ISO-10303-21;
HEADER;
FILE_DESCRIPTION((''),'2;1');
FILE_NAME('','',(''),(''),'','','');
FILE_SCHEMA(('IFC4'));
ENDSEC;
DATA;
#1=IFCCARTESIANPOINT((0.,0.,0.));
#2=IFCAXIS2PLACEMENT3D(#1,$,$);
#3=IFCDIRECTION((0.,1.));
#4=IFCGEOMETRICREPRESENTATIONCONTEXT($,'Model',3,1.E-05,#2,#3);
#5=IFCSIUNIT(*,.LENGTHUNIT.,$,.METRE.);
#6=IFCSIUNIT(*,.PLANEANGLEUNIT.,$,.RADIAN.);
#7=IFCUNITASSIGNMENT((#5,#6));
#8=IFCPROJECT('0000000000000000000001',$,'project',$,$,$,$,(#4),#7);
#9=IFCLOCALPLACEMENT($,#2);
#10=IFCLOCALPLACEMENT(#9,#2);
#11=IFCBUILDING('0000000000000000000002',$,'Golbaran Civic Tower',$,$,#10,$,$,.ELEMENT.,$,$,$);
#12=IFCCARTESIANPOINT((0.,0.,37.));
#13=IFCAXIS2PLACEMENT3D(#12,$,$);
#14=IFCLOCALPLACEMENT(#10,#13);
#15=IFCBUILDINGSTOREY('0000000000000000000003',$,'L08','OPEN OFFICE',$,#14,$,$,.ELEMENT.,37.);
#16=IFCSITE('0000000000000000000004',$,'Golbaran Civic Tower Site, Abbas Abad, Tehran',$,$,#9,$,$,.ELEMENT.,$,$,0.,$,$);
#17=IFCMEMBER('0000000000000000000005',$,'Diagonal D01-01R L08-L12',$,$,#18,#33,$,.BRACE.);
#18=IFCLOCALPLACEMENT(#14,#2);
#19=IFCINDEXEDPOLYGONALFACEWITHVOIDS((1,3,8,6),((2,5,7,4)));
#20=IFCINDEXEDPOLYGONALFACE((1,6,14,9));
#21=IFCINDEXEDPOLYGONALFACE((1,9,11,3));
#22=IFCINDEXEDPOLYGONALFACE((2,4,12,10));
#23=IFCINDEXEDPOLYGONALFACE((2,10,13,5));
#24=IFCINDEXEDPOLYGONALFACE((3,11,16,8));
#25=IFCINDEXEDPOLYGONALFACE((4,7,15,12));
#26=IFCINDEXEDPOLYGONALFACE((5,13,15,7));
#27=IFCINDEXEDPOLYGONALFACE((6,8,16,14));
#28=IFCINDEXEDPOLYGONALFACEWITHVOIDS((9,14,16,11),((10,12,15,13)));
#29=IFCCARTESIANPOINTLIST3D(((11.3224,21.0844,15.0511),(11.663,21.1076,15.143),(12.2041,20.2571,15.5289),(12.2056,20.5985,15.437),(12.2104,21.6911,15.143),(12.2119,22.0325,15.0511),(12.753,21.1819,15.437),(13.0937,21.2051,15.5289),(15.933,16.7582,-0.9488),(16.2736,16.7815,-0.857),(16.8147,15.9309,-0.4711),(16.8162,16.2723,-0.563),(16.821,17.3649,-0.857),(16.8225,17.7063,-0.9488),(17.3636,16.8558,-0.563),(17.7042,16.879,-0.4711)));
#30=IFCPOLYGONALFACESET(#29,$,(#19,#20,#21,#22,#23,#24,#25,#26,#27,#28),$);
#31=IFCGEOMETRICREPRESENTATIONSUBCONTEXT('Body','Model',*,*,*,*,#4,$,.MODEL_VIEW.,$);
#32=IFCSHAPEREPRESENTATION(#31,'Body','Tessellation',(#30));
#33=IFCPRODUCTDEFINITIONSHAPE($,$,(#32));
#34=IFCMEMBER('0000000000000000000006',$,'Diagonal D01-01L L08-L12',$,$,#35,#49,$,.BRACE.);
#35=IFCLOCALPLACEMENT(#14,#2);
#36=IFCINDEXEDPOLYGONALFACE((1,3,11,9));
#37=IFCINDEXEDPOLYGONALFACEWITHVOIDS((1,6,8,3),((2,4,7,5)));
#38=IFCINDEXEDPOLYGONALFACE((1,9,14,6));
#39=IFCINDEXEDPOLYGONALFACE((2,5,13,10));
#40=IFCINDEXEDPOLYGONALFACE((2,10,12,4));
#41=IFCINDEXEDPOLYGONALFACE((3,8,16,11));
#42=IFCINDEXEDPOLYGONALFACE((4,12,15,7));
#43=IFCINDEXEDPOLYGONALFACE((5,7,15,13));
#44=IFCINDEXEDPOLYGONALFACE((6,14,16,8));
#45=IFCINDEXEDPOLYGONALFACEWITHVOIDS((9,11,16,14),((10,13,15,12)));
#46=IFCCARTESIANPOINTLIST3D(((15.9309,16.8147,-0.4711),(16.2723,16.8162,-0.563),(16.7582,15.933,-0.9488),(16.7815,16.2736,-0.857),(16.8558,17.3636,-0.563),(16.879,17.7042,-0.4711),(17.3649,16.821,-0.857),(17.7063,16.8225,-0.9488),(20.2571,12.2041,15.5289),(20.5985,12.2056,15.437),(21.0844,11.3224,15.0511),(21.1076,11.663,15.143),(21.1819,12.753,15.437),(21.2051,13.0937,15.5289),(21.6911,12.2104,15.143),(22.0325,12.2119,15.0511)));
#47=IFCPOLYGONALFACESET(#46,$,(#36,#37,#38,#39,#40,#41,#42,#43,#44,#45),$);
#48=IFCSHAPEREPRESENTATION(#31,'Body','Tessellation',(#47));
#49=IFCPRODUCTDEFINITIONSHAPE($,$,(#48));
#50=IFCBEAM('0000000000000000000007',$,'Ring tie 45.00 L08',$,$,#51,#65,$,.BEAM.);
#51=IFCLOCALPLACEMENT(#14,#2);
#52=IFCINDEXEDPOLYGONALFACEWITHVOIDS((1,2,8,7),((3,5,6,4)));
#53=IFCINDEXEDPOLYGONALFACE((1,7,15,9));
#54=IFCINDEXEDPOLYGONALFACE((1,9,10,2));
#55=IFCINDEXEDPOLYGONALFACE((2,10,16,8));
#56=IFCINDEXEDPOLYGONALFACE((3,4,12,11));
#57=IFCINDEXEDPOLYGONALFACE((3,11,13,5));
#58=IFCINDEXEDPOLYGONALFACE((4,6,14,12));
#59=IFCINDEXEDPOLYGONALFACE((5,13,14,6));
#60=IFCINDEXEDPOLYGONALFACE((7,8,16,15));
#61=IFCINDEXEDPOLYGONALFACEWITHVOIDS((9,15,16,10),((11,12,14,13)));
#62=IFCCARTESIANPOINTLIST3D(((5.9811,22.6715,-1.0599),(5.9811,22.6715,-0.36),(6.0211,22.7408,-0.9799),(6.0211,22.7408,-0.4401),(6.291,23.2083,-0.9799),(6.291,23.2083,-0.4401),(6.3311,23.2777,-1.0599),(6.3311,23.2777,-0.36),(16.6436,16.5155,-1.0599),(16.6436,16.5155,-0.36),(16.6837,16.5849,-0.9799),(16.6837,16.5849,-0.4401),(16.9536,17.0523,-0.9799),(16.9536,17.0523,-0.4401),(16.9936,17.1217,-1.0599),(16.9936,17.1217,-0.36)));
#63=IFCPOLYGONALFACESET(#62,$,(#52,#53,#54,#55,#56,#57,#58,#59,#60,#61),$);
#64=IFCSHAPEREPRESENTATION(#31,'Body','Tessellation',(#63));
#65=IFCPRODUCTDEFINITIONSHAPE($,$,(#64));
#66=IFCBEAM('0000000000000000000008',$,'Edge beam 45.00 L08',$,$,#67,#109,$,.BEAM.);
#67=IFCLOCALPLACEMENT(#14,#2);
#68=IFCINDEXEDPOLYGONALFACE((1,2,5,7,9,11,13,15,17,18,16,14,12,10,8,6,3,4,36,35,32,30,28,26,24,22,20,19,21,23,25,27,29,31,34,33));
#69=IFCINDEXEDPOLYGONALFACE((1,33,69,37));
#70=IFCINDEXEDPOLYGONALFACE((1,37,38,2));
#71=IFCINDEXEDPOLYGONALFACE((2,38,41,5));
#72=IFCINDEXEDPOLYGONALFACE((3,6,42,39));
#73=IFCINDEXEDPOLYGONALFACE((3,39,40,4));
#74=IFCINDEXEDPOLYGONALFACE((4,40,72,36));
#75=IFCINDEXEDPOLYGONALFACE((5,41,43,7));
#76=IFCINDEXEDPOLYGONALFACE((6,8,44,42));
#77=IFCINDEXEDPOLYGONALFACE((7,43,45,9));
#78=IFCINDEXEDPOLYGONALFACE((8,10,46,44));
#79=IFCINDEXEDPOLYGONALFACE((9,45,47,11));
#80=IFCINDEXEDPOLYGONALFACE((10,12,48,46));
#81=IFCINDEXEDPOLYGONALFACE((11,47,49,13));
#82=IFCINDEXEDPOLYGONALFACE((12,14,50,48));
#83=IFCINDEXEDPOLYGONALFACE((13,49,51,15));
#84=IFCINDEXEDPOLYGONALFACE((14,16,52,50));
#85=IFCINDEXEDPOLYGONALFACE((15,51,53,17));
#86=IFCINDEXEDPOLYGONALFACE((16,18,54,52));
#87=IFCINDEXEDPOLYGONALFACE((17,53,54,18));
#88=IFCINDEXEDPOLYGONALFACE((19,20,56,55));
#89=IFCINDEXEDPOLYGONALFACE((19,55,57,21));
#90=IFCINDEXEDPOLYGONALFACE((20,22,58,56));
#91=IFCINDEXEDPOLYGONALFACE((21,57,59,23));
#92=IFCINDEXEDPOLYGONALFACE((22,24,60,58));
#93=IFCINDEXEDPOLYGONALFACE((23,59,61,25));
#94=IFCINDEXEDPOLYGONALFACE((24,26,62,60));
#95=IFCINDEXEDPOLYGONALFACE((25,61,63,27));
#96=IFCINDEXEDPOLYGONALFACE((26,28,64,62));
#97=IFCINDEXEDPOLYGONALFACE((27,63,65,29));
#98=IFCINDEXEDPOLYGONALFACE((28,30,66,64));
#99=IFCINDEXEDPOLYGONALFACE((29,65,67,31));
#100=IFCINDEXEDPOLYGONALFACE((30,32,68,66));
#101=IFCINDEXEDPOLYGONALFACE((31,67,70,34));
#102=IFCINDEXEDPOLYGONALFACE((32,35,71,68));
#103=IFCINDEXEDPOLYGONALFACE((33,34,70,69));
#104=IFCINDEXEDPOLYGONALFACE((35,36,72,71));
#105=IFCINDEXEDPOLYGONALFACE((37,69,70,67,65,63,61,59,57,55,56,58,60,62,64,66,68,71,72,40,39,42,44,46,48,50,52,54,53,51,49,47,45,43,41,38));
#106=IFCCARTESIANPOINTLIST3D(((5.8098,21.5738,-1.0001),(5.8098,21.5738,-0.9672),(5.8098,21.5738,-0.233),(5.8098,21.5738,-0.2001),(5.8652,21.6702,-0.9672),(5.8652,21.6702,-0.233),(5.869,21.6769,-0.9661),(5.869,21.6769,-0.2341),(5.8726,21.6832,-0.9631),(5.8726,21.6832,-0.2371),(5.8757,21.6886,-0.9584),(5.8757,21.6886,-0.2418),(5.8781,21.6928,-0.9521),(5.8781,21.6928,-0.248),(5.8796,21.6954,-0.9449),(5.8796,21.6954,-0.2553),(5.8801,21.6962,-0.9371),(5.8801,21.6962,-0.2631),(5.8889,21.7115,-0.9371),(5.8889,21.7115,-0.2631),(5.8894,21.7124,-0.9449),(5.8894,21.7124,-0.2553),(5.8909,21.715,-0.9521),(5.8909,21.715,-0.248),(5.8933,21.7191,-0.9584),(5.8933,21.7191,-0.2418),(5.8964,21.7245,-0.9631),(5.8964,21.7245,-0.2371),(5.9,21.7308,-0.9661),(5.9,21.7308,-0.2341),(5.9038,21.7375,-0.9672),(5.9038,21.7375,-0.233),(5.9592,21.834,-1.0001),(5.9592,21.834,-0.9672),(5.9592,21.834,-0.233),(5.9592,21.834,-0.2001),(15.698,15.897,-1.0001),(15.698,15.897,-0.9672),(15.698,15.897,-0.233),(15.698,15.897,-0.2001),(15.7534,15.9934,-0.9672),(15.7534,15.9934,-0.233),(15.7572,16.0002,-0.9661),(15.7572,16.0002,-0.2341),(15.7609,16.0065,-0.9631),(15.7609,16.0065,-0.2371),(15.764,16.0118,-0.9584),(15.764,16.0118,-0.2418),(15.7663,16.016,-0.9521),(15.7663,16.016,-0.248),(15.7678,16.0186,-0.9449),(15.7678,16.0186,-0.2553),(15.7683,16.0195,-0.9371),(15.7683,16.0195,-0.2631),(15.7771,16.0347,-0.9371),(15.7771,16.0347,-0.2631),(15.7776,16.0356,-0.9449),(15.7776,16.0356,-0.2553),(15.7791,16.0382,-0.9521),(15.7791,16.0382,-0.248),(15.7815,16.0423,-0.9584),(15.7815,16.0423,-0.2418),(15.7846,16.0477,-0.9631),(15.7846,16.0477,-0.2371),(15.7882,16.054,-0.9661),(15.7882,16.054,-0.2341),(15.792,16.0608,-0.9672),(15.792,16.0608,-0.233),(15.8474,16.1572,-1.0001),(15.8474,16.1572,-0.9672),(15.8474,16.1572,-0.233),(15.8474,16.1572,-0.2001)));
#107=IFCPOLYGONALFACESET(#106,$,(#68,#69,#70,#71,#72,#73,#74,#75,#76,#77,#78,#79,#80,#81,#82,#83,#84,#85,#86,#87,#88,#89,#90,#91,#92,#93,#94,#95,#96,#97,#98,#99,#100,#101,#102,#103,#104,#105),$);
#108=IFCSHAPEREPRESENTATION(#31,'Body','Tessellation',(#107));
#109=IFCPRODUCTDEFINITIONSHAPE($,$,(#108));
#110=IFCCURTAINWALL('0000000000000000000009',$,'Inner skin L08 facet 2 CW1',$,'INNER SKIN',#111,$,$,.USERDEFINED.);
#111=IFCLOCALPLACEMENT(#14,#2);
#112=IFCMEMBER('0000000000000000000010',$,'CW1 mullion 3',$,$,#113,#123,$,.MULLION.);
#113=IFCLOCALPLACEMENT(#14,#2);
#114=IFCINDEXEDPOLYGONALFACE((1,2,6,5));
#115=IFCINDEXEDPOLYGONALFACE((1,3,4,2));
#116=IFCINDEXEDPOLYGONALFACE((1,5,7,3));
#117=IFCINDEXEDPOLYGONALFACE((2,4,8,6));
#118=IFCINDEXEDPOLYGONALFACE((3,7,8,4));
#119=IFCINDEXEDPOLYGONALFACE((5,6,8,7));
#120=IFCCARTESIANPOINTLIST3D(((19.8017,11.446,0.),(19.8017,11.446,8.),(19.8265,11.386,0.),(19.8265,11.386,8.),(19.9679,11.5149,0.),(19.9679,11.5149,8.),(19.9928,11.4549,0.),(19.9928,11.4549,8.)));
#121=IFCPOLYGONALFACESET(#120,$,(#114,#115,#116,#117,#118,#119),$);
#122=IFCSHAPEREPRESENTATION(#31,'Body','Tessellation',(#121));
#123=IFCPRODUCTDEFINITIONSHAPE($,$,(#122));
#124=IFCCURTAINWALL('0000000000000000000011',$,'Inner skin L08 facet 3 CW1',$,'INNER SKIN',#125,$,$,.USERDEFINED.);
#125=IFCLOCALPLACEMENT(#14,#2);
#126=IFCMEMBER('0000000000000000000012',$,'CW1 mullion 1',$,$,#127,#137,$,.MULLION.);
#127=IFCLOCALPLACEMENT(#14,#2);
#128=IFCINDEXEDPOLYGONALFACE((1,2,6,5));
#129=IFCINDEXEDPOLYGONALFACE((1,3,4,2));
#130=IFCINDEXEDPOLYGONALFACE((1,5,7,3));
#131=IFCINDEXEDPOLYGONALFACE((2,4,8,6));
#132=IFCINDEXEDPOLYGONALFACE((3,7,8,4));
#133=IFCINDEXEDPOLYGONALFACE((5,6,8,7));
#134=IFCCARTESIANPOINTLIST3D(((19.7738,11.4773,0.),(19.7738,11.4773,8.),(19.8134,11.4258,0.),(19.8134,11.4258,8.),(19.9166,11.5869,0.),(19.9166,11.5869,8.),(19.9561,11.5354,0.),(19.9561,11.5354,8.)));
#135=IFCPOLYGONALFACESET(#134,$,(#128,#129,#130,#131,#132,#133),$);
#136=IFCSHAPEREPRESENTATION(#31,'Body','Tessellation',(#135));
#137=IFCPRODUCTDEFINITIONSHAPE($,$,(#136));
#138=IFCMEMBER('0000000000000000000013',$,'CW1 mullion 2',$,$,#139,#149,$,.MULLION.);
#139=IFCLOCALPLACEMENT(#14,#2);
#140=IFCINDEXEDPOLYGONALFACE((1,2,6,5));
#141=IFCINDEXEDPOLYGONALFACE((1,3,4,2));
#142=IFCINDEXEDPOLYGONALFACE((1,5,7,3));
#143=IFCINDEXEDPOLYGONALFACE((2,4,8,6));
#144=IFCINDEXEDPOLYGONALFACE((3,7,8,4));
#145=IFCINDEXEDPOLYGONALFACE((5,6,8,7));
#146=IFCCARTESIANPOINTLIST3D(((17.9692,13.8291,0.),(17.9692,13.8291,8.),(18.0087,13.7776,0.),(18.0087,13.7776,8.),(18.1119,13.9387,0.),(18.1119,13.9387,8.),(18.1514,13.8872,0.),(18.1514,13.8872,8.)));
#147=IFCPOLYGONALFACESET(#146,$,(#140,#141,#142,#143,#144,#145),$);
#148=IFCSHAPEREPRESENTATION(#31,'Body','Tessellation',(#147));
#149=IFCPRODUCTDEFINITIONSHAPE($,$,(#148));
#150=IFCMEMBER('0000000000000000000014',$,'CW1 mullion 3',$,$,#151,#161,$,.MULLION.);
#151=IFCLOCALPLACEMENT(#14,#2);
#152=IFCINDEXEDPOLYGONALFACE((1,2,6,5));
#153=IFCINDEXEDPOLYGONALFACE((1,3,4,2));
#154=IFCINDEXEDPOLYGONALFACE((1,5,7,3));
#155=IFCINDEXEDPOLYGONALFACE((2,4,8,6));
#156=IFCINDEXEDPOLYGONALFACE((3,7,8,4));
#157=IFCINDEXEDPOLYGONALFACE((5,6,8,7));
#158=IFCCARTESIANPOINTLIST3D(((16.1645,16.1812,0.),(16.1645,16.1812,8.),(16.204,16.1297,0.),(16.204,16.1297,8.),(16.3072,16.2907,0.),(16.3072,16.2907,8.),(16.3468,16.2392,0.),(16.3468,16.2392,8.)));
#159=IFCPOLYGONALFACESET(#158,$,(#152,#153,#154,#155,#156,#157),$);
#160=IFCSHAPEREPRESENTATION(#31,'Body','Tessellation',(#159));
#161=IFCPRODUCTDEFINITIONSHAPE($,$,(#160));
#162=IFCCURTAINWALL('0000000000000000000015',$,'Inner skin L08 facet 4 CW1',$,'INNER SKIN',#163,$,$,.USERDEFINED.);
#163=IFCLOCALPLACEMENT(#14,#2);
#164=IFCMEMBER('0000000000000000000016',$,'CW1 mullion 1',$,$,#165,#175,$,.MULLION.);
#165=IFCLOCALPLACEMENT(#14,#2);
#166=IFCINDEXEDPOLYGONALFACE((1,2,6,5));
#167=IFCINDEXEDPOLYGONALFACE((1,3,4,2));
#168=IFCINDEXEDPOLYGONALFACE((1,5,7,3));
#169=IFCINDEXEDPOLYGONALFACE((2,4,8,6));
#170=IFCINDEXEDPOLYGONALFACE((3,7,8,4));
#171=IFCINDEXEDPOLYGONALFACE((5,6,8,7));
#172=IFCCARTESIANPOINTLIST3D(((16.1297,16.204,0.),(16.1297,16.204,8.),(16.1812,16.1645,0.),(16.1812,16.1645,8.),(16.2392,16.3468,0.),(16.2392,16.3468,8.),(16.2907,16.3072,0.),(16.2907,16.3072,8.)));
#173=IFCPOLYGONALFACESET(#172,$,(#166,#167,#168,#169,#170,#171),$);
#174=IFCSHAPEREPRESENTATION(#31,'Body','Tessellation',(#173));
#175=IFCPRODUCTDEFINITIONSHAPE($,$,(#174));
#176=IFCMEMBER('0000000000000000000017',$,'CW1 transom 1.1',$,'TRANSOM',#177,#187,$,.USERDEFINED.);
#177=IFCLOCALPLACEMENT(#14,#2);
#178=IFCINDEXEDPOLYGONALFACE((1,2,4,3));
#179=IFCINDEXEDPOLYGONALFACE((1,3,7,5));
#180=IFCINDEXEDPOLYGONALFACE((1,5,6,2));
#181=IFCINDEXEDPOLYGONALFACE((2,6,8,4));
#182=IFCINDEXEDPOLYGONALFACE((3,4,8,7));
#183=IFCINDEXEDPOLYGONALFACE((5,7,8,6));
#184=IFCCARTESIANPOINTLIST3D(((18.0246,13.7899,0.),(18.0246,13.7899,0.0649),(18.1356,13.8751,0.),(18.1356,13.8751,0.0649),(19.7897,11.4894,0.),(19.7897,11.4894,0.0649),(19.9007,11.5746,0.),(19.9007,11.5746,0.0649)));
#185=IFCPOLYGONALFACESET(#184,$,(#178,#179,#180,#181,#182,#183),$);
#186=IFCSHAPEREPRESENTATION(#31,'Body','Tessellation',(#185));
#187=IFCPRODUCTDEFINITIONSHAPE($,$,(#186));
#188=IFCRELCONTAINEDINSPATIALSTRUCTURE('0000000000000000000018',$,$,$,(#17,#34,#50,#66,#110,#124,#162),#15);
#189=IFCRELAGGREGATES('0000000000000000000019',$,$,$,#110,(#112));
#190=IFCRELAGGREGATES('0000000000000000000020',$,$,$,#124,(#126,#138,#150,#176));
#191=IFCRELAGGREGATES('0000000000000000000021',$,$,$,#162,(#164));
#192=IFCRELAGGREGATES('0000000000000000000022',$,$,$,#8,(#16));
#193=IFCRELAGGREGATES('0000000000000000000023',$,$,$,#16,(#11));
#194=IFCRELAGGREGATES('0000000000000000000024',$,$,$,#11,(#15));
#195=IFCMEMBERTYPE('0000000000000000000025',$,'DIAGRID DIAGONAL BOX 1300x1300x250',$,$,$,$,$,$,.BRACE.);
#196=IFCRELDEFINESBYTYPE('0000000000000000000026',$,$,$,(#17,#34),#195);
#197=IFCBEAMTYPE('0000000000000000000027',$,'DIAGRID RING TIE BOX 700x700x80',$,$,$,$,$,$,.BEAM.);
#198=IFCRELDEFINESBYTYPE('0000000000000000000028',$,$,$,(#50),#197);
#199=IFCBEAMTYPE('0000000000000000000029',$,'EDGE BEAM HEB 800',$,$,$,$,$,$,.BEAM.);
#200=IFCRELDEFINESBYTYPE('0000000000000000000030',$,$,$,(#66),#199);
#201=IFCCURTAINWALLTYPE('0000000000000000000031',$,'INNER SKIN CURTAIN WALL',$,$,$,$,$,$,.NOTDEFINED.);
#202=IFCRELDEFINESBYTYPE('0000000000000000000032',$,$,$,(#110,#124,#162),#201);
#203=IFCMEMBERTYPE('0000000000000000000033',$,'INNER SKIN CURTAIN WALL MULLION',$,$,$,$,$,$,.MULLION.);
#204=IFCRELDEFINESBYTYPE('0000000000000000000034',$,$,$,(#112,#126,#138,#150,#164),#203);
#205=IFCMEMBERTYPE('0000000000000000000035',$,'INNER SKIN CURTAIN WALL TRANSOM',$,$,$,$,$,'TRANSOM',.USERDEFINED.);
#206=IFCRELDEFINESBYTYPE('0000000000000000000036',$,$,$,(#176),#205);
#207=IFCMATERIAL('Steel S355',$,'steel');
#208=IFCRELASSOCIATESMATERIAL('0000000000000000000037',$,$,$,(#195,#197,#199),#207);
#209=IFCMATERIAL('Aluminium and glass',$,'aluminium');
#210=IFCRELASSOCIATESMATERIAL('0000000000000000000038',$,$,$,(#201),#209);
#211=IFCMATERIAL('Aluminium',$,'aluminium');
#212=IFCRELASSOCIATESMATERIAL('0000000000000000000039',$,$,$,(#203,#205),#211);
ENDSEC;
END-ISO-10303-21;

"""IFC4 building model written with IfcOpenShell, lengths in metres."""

from ifc_helpers import new_model, si_unit, direction, frame, origin, origin_2d, place, context, subcontext, project, spatial, rectangle, hollow_rectangle, i_section, extrude, material, material_profile, profile_set, type_object, element, aggregate, save


model = new_model("IFC4")

# Units and contexts
model_context = context("Model", 3, precision=1e-05, world=origin(), true_north=direction((0.0, 1.0)))
body_context = subcontext(model_context, "Body", "Model", "MODEL_VIEW")
ifc_project = project(units=[si_unit("LENGTHUNIT", "METRE"), si_unit("PLANEANGLEUNIT", "RADIAN")], contexts=[model_context])

# Site, building, storey
site_placement = place(None, origin())
site = spatial("IfcSite", under=ifc_project, at=site_placement, Name="Golbaran Civic Tower Site, Abbas Abad, Tehran", CompositionType="ELEMENT", RefElevation=0.0)
building_placement = place(site_placement, origin())
building = spatial("IfcBuilding", under=site, at=building_placement, Name="Golbaran Civic Tower", CompositionType="ELEMENT")
storey_placement = place(building_placement, frame((0.0, 0.0, 37.0)))
storey = spatial("IfcBuildingStorey", under=building, at=storey_placement, Name="L08", Description="OPEN OFFICE", CompositionType="ELEMENT", Elevation=37.0)

# Members
ifc_material_1 = material(Name="Steel S355", Category="steel")
ifc_material_profile_1 = material_profile(ifc_material_1, hollow_rectangle(XDim=1.3, YDim=1.3, WallThickness=0.25, at=origin_2d()), Name="BOX 1300x1300x250")
ifc_profile_set_1 = profile_set([ifc_material_profile_1], Name="Steel S355")
member_type_1 = type_object("IfcMemberType", Name="DIAGRID DIAGONAL BOX 1300x1300x250", PredefinedType="BRACE", material=ifc_profile_set_1)
for number, where, z_axis, x_axis, name in (
    (1, (16.8186, 16.8186, -0.71), (-0.267997, 0.251465, 0.930023), (-0.684256, -0.729242, 0.0), "Diagonal D01-01R L08-L12"),
    (2, (16.8186, 16.8186, -0.71), (0.251465, -0.267997, 0.930023), (0.729242, 0.684256, 0.0), "Diagonal D01-01L L08-L12"),
):
    element("IfcMember", number, at=place(storey_placement, frame(where, z_axis=z_axis, x_axis=x_axis)), inside=storey, type_object=member_type_1, Name=name, PredefinedType="BRACE", context=body_context, shape_type="SweptSolid", body=[
        extrude(hollow_rectangle(XDim=1.3, YDim=1.3, WallThickness=0.25, at=origin_2d()), origin(), (0.0, 0.0, 1.0), 17.2039),
    ])

# Beams
ifc_material_profile_2 = material_profile(ifc_material_1, hollow_rectangle(XDim=0.7, YDim=0.7, WallThickness=0.0801, at=origin_2d()), Name="BOX 700x700x80")
ifc_profile_set_2 = profile_set([ifc_material_profile_2], Name="Steel S355")
beam_type_1 = type_object("IfcBeamType", Name="DIAGRID RING TIE BOX 700x700x80", PredefinedType="BEAM", material=ifc_profile_set_2)
beam_1_placement = place(storey_placement, frame((16.8186, 16.8186, -0.71), z_axis=(-0.866027, 0.499997, 0.0), x_axis=(-0.499997, -0.866027, 0.0)))
element("IfcBeam", 3, at=beam_1_placement, inside=storey, type_object=beam_type_1, Name="Ring tie 45.00 L08", PredefinedType="BEAM", context=body_context, shape_type="SweptSolid", body=[
    extrude(hollow_rectangle(XDim=0.7, YDim=0.7, WallThickness=0.0801, at=origin_2d()), origin(), (0.0, 0.0, 1.0), 12.312),
])
ifc_material_profile_3 = material_profile(ifc_material_1, i_section(OverallWidth=0.3, OverallDepth=0.8, WebThickness=0.0176, FlangeThickness=0.033, FilletRadius=0.03, at=origin_2d()), Name="HEB 800")
ifc_profile_set_3 = profile_set([ifc_material_profile_3], Name="Steel S355")
beam_type_2 = type_object("IfcBeamType", Name="EDGE BEAM HEB 800", PredefinedType="BEAM", material=ifc_profile_set_3)
beam_2_placement = place(storey_placement, frame((15.7727, 16.0271, -0.6001), z_axis=(-0.867245, 0.497881, 0.0), x_axis=(-0.497881, -0.867245, 0.0)))
element("IfcBeam", 4, at=beam_2_placement, inside=storey, type_object=beam_type_2, Name="Edge beam 45.00 L08", PredefinedType="BEAM", context=body_context, shape_type="SweptSolid", body=[
    extrude(i_section(OverallWidth=0.3, OverallDepth=0.8, WebThickness=0.0176, FlangeThickness=0.033, FilletRadius=0.03, at=origin_2d()), origin(), (0.0, 0.0, 1.0), 11.4019),
])

# Curtain wall, member
ifc_material_2 = material(Name="Aluminium and glass", Category="aluminium")
curtain_wall_type_1 = type_object("IfcCurtainWallType", Name="INNER SKIN CURTAIN WALL", PredefinedType="NOTDEFINED", material=ifc_material_2)
curtain_wall_1_placement = place(storey_placement, origin())
curtain_wall_1 = element("IfcCurtainWall", 5, at=curtain_wall_1_placement, inside=storey, type_object=curtain_wall_type_1, Name="Inner skin L08 facet 2 CW1", ObjectType="INNER SKIN", PredefinedType="USERDEFINED")
ifc_material_3 = material(Name="Aluminium", Category="aluminium")
ifc_material_profile_4 = material_profile(ifc_material_3, rectangle(XDim=0.1799, YDim=0.0649, at=origin_2d()), Name="INNER SKIN CURTAIN WALL MULLION")
ifc_profile_set_4 = profile_set([ifc_material_profile_4], Name="Aluminium")
member_type_2 = type_object("IfcMemberType", Name="INNER SKIN CURTAIN WALL MULLION", PredefinedType="MULLION", material=ifc_profile_set_4)
member_1_placement = place(storey_placement, frame((19.8972, 11.4504, 0.0), z_axis=(0.0, 0.0, 1.0), x_axis=(-0.92388, -0.382683, 0.0)))
member_1 = element("IfcMember", 6, at=member_1_placement, type_object=member_type_2, Name="CW1 mullion 3", PredefinedType="MULLION", context=body_context, shape_type="SweptSolid", body=[
    extrude(rectangle(XDim=0.1799, YDim=0.0649, at=origin_2d()), origin(), (0.0, 0.0, 1.0), 8.0),
])

# Curtain wall, members
curtain_wall_2_placement = place(storey_placement, origin())
curtain_wall_2 = element("IfcCurtainWall", 7, at=curtain_wall_2_placement, inside=storey, type_object=curtain_wall_type_1, Name="Inner skin L08 facet 3 CW1", ObjectType="INNER SKIN", PredefinedType="USERDEFINED")
member_2_placement = place(storey_placement, frame((19.865, 11.5063, 0.0), z_axis=(0.0, 0.0, 1.0), x_axis=(-0.793353, -0.608761, 0.0)))
member_2 = element("IfcMember", 8, at=member_2_placement, type_object=member_type_2, Name="CW1 mullion 1", PredefinedType="MULLION", context=body_context, shape_type="SweptSolid", body=[
    extrude(rectangle(XDim=0.1799, YDim=0.0649, at=origin_2d()), origin(), (0.0, 0.0, 1.0), 8.0),
])
member_3_placement = place(storey_placement, frame((18.0603, 13.8582, 0.0), z_axis=(0.0, 0.0, 1.0), x_axis=(-0.793353, -0.608761, 0.0)))
member_3 = element("IfcMember", 9, at=member_3_placement, type_object=member_type_2, Name="CW1 mullion 2", PredefinedType="MULLION", context=body_context, shape_type="SweptSolid", body=[
    extrude(rectangle(XDim=0.1799, YDim=0.0649, at=origin_2d()), origin(), (0.0, 0.0, 1.0), 8.0),
])
member_4_placement = place(storey_placement, frame((16.2556, 16.2102, 0.0), z_axis=(0.0, 0.0, 1.0), x_axis=(-0.793353, -0.608761, 0.0)))
member_4 = element("IfcMember", 10, at=member_4_placement, type_object=member_type_2, Name="CW1 mullion 3", PredefinedType="MULLION", context=body_context, shape_type="SweptSolid", body=[
    extrude(rectangle(XDim=0.1799, YDim=0.0649, at=origin_2d()), origin(), (0.0, 0.0, 1.0), 8.0),
])

# Curtain wall, member
curtain_wall_3_placement = place(storey_placement, origin())
curtain_wall_3 = element("IfcCurtainWall", 11, at=curtain_wall_3_placement, inside=storey, type_object=curtain_wall_type_1, Name="Inner skin L08 facet 4 CW1", ObjectType="INNER SKIN", PredefinedType="USERDEFINED")
member_5_placement = place(storey_placement, frame((16.2102, 16.2556, 0.0), z_axis=(0.0, 0.0, 1.0), x_axis=(-0.608761, -0.793353, 0.0)))
member_5 = element("IfcMember", 12, at=member_5_placement, type_object=member_type_2, Name="CW1 mullion 1", PredefinedType="MULLION", context=body_context, shape_type="SweptSolid", body=[
    extrude(rectangle(XDim=0.1799, YDim=0.0649, at=origin_2d()), origin(), (0.0, 0.0, 1.0), 8.0),
])

# Member
ifc_material_profile_5 = material_profile(ifc_material_3, rectangle(XDim=0.1399, YDim=0.0649, at=origin_2d()), Name="INNER SKIN CURTAIN WALL TRANSOM")
ifc_profile_set_5 = profile_set([ifc_material_profile_5], Name="Aluminium")
member_type_3 = type_object("IfcMemberType", Name="INNER SKIN CURTAIN WALL TRANSOM", ElementType="TRANSOM", PredefinedType="USERDEFINED", material=ifc_profile_set_5)
member_6_placement = place(storey_placement, frame((19.8452, 11.532, 0.0325), z_axis=(-0.608734, 0.793375, 0.0), x_axis=(-0.793375, -0.608734, 0.0)))
member_6 = element("IfcMember", 13, at=member_6_placement, type_object=member_type_3, Name="CW1 transom 1.1", ObjectType="TRANSOM", PredefinedType="USERDEFINED", context=body_context, shape_type="SweptSolid", body=[
    extrude(rectangle(XDim=0.1399, YDim=0.0649, at=origin_2d()), origin(), (0.0, 0.0, 1.0), 2.8997),
])

aggregate(curtain_wall_1, [member_1])
aggregate(curtain_wall_2, [member_2, member_3, member_4, member_6])
aggregate(curtain_wall_3, [member_5])

save(model, "model.ifc")
